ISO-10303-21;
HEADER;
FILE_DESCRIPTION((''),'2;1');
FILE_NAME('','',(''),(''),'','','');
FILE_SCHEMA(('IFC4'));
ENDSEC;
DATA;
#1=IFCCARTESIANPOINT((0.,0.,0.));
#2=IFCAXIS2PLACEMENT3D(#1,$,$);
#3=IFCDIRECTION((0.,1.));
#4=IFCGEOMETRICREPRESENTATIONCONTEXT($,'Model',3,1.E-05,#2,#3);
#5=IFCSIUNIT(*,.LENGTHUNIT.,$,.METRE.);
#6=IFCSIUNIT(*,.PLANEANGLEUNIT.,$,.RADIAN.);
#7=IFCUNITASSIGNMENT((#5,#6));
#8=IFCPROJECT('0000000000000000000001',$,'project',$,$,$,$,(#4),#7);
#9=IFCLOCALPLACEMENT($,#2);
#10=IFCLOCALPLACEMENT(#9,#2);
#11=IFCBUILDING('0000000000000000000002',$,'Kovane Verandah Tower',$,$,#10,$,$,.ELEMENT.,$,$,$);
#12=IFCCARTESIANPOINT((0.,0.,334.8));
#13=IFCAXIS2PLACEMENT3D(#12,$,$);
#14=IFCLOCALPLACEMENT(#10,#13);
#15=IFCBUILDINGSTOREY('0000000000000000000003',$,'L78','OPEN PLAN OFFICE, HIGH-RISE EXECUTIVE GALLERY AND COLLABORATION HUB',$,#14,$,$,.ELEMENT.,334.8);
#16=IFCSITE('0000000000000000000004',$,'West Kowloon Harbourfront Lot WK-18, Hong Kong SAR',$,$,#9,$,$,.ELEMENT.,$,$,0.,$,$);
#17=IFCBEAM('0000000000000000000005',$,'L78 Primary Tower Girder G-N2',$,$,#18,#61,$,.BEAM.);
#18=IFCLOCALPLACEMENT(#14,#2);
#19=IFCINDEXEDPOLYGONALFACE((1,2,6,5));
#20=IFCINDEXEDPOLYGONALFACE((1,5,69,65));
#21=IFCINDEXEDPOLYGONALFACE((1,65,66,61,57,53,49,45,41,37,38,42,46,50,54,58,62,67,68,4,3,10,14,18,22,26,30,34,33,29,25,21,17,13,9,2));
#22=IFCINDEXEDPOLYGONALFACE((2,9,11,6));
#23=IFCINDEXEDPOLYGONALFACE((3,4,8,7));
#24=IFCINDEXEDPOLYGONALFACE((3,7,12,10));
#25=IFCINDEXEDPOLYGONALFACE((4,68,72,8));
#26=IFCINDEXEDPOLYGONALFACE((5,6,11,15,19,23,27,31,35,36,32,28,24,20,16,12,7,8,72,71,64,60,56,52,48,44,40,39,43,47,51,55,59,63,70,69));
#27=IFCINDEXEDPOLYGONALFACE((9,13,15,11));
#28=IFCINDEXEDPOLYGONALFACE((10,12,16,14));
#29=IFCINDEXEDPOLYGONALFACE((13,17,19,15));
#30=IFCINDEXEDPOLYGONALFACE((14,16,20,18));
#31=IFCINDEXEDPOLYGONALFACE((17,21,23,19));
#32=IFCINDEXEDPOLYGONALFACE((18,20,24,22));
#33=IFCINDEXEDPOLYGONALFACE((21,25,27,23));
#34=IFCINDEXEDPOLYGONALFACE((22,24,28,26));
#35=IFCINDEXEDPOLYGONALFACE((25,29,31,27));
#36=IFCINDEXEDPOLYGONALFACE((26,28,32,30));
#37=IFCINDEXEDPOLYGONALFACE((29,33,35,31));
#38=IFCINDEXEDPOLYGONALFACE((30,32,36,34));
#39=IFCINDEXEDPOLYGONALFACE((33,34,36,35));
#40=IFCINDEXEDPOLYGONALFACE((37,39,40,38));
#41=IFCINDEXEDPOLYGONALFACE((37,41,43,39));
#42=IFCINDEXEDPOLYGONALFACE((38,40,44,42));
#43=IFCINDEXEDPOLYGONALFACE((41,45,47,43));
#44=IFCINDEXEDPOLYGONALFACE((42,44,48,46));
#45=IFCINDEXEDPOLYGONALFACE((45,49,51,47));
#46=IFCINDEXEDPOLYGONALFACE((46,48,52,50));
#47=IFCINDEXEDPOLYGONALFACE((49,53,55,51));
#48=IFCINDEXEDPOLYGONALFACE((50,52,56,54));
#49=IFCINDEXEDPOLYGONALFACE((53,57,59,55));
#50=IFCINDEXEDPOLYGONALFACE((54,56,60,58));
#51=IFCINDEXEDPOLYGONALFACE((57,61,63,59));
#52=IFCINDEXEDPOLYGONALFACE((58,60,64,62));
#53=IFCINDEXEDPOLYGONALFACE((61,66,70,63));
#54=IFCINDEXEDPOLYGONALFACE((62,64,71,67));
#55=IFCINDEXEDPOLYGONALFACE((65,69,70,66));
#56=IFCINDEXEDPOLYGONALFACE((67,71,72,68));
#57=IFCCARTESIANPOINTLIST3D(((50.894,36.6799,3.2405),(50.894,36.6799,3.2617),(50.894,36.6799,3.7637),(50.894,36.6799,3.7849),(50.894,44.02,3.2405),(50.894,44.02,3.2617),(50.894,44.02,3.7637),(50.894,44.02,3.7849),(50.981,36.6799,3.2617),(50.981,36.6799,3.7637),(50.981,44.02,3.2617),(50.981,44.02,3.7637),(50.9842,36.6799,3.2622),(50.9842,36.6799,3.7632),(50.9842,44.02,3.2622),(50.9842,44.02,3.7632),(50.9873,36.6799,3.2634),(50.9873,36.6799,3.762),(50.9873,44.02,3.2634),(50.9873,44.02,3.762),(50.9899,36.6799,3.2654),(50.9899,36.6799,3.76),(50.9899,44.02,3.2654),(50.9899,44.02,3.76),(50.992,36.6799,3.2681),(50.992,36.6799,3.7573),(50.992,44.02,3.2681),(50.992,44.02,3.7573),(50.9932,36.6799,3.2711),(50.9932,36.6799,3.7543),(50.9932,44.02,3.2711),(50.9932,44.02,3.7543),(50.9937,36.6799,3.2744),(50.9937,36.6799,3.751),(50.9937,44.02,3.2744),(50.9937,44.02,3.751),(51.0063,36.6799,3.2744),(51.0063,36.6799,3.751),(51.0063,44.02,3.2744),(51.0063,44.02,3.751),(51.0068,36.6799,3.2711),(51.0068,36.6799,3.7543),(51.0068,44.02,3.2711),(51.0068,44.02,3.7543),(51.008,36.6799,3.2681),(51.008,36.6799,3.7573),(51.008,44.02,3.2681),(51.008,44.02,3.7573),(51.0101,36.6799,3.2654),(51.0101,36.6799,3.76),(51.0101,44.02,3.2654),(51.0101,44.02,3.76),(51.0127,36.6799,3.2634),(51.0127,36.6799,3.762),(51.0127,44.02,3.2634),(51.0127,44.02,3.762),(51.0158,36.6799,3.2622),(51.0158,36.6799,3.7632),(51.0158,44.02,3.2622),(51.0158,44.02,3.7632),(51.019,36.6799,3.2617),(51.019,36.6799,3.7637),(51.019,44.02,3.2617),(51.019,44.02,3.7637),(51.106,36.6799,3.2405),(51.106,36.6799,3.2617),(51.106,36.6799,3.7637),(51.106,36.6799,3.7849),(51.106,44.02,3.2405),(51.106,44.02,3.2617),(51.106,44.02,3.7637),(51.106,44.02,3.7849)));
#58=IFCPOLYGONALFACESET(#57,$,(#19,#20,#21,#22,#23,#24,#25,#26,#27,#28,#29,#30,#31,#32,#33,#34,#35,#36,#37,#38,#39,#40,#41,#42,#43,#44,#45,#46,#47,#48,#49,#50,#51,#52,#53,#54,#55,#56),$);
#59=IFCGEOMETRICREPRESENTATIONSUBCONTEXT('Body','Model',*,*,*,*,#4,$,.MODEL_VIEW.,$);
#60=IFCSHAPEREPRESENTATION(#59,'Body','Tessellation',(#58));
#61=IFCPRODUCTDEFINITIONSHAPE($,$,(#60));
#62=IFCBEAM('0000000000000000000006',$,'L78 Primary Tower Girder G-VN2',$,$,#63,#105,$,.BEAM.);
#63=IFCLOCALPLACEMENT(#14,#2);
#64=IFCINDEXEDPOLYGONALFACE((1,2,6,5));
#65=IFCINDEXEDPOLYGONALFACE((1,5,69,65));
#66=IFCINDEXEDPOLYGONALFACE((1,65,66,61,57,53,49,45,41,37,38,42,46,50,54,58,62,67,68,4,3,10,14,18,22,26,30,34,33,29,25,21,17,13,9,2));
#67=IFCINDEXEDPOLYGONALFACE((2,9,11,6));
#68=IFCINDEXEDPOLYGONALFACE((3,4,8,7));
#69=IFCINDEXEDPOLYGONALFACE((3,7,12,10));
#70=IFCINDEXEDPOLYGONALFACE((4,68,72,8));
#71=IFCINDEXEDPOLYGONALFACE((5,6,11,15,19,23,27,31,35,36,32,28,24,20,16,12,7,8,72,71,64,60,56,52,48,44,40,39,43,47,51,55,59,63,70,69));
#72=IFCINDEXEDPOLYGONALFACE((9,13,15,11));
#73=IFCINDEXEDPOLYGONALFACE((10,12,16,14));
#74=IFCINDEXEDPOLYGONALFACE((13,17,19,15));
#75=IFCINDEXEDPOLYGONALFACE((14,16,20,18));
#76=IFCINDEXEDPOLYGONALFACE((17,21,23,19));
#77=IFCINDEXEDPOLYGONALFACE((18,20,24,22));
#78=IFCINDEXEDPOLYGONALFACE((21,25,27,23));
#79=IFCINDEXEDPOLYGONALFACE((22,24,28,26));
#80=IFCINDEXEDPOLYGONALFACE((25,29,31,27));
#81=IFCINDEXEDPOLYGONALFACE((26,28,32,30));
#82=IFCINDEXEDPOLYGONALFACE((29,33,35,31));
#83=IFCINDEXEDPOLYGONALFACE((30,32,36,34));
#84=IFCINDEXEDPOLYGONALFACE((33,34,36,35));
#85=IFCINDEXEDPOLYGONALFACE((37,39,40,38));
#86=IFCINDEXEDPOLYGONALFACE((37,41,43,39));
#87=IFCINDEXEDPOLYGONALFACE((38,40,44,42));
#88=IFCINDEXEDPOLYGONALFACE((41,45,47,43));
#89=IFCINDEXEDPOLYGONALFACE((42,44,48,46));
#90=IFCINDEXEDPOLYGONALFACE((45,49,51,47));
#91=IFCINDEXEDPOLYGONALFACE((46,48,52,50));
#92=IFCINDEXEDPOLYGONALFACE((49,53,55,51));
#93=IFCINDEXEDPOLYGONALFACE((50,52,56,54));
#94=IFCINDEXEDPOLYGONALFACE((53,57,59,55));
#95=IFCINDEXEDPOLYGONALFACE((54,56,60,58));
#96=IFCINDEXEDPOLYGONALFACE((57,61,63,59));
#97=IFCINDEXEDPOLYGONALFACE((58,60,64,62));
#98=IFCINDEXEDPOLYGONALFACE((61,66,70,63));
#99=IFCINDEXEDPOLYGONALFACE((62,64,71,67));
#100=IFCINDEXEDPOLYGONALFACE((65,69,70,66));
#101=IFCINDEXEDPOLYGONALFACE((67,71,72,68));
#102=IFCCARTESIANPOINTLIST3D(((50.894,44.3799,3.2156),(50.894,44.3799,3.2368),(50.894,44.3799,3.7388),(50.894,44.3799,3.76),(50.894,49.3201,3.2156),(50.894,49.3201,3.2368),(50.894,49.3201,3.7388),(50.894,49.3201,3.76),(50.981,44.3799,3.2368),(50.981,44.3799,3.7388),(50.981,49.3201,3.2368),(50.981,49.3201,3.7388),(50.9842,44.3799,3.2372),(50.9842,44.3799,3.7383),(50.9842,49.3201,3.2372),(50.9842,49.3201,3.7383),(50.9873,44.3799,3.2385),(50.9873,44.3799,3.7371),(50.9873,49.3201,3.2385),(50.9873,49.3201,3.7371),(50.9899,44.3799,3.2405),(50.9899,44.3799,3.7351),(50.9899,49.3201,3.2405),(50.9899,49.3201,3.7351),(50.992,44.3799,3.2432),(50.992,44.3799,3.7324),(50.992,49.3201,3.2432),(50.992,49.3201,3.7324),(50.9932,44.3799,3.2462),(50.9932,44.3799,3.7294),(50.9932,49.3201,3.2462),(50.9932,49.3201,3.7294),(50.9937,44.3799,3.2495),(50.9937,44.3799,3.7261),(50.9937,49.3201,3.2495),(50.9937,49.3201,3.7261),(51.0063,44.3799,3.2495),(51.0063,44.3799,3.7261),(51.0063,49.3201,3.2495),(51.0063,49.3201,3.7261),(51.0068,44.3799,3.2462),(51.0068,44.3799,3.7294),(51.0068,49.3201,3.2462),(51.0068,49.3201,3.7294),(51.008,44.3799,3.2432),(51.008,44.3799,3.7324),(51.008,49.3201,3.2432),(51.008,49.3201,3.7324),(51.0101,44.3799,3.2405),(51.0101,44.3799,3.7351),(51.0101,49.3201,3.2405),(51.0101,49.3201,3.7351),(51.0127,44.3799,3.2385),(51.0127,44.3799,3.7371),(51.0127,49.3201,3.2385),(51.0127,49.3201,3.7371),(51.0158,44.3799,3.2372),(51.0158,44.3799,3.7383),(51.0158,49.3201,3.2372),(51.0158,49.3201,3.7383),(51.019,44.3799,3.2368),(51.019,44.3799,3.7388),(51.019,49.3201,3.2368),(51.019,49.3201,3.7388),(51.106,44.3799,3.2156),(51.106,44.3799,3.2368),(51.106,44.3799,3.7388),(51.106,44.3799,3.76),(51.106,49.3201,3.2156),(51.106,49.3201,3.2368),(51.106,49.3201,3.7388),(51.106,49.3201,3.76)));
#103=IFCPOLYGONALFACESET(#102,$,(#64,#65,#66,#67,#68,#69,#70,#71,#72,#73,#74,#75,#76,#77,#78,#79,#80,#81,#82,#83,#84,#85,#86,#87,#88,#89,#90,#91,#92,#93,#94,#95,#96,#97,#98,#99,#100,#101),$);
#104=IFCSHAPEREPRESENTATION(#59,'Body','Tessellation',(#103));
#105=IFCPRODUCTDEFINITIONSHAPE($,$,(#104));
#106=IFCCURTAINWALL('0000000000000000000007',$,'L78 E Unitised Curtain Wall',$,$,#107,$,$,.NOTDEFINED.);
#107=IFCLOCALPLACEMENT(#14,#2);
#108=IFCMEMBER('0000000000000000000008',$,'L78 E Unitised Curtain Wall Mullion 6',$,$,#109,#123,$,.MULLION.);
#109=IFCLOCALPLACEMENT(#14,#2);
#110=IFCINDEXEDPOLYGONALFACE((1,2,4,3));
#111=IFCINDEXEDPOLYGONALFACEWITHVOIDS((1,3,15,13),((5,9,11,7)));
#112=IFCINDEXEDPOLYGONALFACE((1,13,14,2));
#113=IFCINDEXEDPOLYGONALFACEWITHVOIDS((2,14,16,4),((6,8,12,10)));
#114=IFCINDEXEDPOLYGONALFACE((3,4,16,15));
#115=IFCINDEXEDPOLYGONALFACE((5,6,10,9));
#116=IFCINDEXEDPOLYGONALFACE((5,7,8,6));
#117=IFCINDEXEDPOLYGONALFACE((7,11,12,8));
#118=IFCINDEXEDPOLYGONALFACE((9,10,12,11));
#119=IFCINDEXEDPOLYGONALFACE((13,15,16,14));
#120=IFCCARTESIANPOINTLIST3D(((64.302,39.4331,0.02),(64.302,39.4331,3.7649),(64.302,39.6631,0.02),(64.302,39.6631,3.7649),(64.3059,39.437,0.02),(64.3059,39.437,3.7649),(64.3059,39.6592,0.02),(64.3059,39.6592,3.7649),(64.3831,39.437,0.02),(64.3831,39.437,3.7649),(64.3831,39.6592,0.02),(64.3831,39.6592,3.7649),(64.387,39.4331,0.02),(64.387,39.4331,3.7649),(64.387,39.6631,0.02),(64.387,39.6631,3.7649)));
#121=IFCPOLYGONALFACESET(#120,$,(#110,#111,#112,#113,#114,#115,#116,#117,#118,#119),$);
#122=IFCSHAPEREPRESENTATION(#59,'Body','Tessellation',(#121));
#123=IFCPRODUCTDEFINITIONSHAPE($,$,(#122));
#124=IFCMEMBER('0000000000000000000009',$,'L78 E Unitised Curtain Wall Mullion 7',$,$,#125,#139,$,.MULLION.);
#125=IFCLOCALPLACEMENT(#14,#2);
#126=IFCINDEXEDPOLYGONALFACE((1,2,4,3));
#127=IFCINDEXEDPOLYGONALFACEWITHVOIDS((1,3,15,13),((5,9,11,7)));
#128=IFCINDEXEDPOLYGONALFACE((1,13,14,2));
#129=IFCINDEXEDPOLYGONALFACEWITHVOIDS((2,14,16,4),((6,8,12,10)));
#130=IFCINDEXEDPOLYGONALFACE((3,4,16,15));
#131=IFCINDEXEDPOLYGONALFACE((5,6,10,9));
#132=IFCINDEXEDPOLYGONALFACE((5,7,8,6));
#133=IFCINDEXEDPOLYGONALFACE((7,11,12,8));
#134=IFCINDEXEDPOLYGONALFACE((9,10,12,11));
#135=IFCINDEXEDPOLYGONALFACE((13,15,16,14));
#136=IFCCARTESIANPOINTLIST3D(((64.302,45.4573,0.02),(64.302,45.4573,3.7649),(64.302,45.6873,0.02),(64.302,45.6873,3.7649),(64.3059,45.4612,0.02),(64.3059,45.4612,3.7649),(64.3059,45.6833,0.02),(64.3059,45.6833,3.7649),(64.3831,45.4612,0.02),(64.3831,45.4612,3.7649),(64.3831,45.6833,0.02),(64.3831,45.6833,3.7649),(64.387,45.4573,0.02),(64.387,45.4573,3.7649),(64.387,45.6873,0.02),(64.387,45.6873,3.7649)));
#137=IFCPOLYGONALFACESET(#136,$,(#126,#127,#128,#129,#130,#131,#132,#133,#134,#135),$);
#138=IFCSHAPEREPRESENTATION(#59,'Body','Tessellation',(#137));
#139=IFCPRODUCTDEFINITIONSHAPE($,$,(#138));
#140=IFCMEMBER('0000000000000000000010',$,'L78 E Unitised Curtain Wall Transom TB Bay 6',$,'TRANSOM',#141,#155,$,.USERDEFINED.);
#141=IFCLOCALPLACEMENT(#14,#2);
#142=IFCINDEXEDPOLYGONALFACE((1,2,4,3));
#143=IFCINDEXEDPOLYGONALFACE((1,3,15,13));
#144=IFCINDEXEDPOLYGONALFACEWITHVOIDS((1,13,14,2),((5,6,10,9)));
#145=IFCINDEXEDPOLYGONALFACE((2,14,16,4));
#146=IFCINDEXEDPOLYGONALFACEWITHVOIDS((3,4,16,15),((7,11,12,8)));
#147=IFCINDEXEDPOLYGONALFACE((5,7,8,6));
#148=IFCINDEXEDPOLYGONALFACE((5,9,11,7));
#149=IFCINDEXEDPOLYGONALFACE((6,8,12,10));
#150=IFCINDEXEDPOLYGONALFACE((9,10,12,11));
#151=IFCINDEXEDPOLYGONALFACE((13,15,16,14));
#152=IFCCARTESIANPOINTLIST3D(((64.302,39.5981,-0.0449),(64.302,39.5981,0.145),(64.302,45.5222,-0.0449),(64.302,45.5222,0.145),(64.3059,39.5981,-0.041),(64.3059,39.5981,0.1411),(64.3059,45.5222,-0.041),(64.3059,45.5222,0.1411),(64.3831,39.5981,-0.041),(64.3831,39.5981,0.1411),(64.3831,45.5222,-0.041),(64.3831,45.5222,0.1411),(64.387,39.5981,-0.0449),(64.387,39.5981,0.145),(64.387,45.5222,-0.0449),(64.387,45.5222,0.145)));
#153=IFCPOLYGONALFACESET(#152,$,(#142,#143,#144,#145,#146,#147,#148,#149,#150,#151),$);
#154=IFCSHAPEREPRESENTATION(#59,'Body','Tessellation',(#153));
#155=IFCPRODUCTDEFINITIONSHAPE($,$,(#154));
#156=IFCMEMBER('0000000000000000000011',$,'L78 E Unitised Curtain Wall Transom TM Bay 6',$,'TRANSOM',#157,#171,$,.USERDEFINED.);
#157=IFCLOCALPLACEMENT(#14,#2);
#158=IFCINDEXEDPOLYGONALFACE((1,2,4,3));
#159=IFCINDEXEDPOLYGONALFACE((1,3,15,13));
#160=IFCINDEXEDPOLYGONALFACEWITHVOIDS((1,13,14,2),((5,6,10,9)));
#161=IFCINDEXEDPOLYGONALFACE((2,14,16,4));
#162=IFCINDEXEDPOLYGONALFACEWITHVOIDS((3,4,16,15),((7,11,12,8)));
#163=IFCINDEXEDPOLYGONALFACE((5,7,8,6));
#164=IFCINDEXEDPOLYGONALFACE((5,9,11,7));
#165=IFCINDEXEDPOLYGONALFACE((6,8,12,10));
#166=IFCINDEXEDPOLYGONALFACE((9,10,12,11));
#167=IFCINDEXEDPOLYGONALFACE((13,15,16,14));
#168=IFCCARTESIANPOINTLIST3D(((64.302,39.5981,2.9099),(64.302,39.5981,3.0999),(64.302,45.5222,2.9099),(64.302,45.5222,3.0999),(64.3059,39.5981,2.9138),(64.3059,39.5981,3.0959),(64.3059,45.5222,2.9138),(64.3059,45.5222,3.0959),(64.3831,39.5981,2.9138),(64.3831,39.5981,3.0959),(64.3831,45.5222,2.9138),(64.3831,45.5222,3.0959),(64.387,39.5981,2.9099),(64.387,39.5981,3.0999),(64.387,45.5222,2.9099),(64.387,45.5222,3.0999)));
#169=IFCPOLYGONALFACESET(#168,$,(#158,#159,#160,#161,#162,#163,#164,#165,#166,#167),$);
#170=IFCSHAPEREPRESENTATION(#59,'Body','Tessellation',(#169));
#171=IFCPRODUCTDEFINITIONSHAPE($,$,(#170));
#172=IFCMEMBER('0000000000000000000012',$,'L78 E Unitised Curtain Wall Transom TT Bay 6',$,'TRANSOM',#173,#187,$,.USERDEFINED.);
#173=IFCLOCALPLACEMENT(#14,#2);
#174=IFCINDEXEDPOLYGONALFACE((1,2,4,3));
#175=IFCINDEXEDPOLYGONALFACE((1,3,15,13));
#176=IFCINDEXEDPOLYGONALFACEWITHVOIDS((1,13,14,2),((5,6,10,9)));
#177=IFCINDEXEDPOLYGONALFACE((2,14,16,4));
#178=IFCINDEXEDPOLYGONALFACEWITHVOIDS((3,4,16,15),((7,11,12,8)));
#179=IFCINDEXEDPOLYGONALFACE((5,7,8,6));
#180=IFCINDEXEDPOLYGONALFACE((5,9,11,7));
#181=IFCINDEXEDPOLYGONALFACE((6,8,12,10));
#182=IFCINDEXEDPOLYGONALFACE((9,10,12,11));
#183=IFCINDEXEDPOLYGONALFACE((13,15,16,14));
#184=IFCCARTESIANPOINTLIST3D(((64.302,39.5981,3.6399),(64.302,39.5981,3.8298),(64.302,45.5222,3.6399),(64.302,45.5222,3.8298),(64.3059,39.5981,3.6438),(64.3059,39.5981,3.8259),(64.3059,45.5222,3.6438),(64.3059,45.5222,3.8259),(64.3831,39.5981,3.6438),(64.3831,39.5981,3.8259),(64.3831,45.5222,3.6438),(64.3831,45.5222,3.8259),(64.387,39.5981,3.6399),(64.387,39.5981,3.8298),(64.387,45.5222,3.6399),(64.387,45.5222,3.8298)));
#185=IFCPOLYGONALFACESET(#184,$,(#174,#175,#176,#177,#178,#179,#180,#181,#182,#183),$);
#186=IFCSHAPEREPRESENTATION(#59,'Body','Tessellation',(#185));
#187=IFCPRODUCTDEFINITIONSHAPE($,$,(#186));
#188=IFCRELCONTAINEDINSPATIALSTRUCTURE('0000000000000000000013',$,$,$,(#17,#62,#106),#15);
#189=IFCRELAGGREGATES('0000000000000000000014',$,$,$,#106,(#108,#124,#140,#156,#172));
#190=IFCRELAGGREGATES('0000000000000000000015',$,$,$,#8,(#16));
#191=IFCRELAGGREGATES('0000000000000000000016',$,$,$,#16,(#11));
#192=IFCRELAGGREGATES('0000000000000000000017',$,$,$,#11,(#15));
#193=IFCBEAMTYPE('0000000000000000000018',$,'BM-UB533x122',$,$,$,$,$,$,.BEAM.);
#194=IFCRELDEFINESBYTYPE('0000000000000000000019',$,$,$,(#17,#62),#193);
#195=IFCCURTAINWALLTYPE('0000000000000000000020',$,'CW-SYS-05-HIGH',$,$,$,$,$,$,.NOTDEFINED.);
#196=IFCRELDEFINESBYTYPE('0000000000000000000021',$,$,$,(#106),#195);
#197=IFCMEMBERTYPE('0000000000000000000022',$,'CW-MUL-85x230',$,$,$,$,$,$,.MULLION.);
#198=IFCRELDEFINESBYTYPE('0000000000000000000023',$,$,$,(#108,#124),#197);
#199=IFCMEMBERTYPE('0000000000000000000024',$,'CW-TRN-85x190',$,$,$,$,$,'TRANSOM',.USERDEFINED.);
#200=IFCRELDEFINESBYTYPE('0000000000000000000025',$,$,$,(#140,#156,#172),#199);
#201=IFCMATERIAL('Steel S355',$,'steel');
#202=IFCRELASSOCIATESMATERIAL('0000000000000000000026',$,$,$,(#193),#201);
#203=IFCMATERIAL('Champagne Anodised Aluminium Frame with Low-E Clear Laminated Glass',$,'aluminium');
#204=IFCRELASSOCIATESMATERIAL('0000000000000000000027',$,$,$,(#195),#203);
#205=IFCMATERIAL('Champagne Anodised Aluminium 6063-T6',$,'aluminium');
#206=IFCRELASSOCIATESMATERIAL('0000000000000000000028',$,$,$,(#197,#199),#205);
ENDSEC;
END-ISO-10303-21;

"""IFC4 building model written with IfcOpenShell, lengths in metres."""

from ifc_helpers import new_model, si_unit, direction, frame, origin, origin_2d, place, context, subcontext, project, spatial, hollow_rectangle, i_section, extrude, material, material_profile, profile_set, type_object, element, aggregate, save


model = new_model("IFC4")

# Units and contexts
model_context = context("Model", 3, precision=1e-05, world=origin(), true_north=direction((0.0, 1.0)))
body_context = subcontext(model_context, "Body", "Model", "MODEL_VIEW")
ifc_project = project(units=[si_unit("LENGTHUNIT", "METRE"), si_unit("PLANEANGLEUNIT", "RADIAN")], contexts=[model_context])

# Site, building, storey
site_placement = place(None, origin())
site = spatial("IfcSite", under=ifc_project, at=site_placement, Name="West Kowloon Harbourfront Lot WK-18, Hong Kong SAR", CompositionType="ELEMENT", RefElevation=0.0)
building_placement = place(site_placement, origin())
building = spatial("IfcBuilding", under=site, at=building_placement, Name="Kovane Verandah Tower", CompositionType="ELEMENT")
storey_placement = place(building_placement, frame((0.0, 0.0, 334.8)))
storey = spatial("IfcBuildingStorey", under=building, at=storey_placement, Name="L78", Description="OPEN PLAN OFFICE, HIGH-RISE EXECUTIVE GALLERY AND COLLABORATION HUB", CompositionType="ELEMENT", Elevation=334.8)

# Beams
ifc_material_1 = material(Name="Steel S355", Category="steel")
ifc_material_profile_1 = material_profile(ifc_material_1, i_section(OverallWidth=0.2119, OverallDepth=0.5444, WebThickness=0.0127, FlangeThickness=0.0212, FilletRadius=0.0127, at=origin_2d()), Name="UB533x210x122")
ifc_profile_set_1 = profile_set([ifc_material_profile_1], Name="Steel S355")
beam_type_1 = type_object("IfcBeamType", Name="BM-UB533x122", PredefinedType="BEAM", material=ifc_profile_set_1)
for number, where, z_axis, x_axis, name in (
    (1, (51.0, 36.6799, 3.5127), (0.0, 1.0, 0.0), (-1.0, 0.0, 0.0), "L78 Primary Tower Girder G-N2"),
):
    element("IfcBeam", number, at=place(storey_placement, frame(where, z_axis=z_axis, x_axis=x_axis)), inside=storey, type_object=beam_type_1, Name=name, PredefinedType="BEAM", context=body_context, shape_type="SweptSolid", body=[
        extrude(i_section(OverallWidth=0.2119, OverallDepth=0.5444, WebThickness=0.0127, FlangeThickness=0.0212, FilletRadius=0.0127, at=origin_2d()), origin(), (0.0, 0.0, 1.0), 7.3401),
    ])
beam_1_placement = place(storey_placement, frame((51.0, 44.3799, 3.4878), z_axis=(0.0, 1.0, 0.0), x_axis=(-1.0, 0.0, 0.0)))
element("IfcBeam", 2, at=beam_1_placement, inside=storey, type_object=beam_type_1, Name="L78 Primary Tower Girder G-VN2", PredefinedType="BEAM", context=body_context, shape_type="SweptSolid", body=[
    extrude(i_section(OverallWidth=0.2119, OverallDepth=0.5444, WebThickness=0.0127, FlangeThickness=0.0212, FilletRadius=0.0127, at=origin_2d()), origin(), (0.0, 0.0, 1.0), 4.9402),
])

# Curtain wall, members
ifc_material_2 = material(Name="Champagne Anodised Aluminium Frame with Low-E Clear Laminated Glass", Category="aluminium")
curtain_wall_type = type_object("IfcCurtainWallType", Name="CW-SYS-05-HIGH", PredefinedType="NOTDEFINED", material=ifc_material_2)
curtain_wall_placement = place(storey_placement, origin())
curtain_wall = element("IfcCurtainWall", 3, at=curtain_wall_placement, inside=storey, type_object=curtain_wall_type, Name="L78 E Unitised Curtain Wall", PredefinedType="NOTDEFINED")
ifc_material_3 = material(Name="Champagne Anodised Aluminium 6063-T6", Category="aluminium")
ifc_material_profile_2 = material_profile(ifc_material_3, hollow_rectangle(XDim=0.085, YDim=0.23, WallThickness=0.0039, at=origin_2d()), Name="AL85x230x4")
ifc_profile_set_2 = profile_set([ifc_material_profile_2], Name="Champagne Anodised Aluminium 6063-T6")
member_type_1 = type_object("IfcMemberType", Name="CW-MUL-85x230", PredefinedType="MULLION", material=ifc_profile_set_2)
member_1_placement = place(storey_placement, frame((64.3445, 39.5481, 0.02), z_axis=(0.0, 0.0, 1.0), x_axis=(1.0, 0.0, 0.0)))
member_1 = element("IfcMember", 4, at=member_1_placement, type_object=member_type_1, Name="L78 E Unitised Curtain Wall Mullion 6", PredefinedType="MULLION", context=body_context, shape_type="SweptSolid", body=[
    extrude(hollow_rectangle(XDim=0.085, YDim=0.23, WallThickness=0.0039, at=origin_2d()), origin(), (0.0, 0.0, 1.0), 3.7449),
])
member_2_placement = place(storey_placement, frame((64.3445, 45.5723, 0.02), z_axis=(0.0, 0.0, 1.0), x_axis=(1.0, 0.0, 0.0)))
member_2 = element("IfcMember", 5, at=member_2_placement, type_object=member_type_1, Name="L78 E Unitised Curtain Wall Mullion 7", PredefinedType="MULLION", context=body_context, shape_type="SweptSolid", body=[
    extrude(hollow_rectangle(XDim=0.085, YDim=0.23, WallThickness=0.0039, at=origin_2d()), origin(), (0.0, 0.0, 1.0), 3.7449),
])
ifc_material_profile_3 = material_profile(ifc_material_3, hollow_rectangle(XDim=0.085, YDim=0.1899, WallThickness=0.0039, at=origin_2d()), Name="AL85x190x4")
ifc_profile_set_3 = profile_set([ifc_material_profile_3], Name="Champagne Anodised Aluminium 6063-T6")
member_type_2 = type_object("IfcMemberType", Name="CW-TRN-85x190", ElementType="TRANSOM", PredefinedType="USERDEFINED", material=ifc_profile_set_3)
member_3_placement = place(storey_placement, frame((64.3445, 39.5981, 0.05), z_axis=(0.0, 1.0, 0.0), x_axis=(-1.0, 0.0, 0.0)))
member_3 = element("IfcMember", 6, at=member_3_placement, type_object=member_type_2, Name="L78 E Unitised Curtain Wall Transom TB Bay 6", ObjectType="TRANSOM", PredefinedType="USERDEFINED", context=body_context, shape_type="SweptSolid", body=[
    extrude(hollow_rectangle(XDim=0.085, YDim=0.1899, WallThickness=0.0039, at=origin_2d()), origin(), (0.0, 0.0, 1.0), 5.9241),
])
member_4_placement = place(storey_placement, frame((64.3445, 39.5981, 3.0049), z_axis=(0.0, 1.0, 0.0), x_axis=(-1.0, 0.0, 0.0)))
member_4 = element("IfcMember", 7, at=member_4_placement, type_object=member_type_2, Name="L78 E Unitised Curtain Wall Transom TM Bay 6", ObjectType="TRANSOM", PredefinedType="USERDEFINED", context=body_context, shape_type="SweptSolid", body=[
    extrude(hollow_rectangle(XDim=0.085, YDim=0.1899, WallThickness=0.0039, at=origin_2d()), origin(), (0.0, 0.0, 1.0), 5.9241),
])
member_5_placement = place(storey_placement, frame((64.3445, 39.5981, 3.7349), z_axis=(0.0, 1.0, 0.0), x_axis=(-1.0, 0.0, 0.0)))
member_5 = element("IfcMember", 8, at=member_5_placement, type_object=member_type_2, Name="L78 E Unitised Curtain Wall Transom TT Bay 6", ObjectType="TRANSOM", PredefinedType="USERDEFINED", context=body_context, shape_type="SweptSolid", body=[
    extrude(hollow_rectangle(XDim=0.085, YDim=0.1899, WallThickness=0.0039, at=origin_2d()), origin(), (0.0, 0.0, 1.0), 5.9241),
])

aggregate(curtain_wall, [member_1, member_2, member_3, member_4, member_5])

save(model, "model.ifc")
